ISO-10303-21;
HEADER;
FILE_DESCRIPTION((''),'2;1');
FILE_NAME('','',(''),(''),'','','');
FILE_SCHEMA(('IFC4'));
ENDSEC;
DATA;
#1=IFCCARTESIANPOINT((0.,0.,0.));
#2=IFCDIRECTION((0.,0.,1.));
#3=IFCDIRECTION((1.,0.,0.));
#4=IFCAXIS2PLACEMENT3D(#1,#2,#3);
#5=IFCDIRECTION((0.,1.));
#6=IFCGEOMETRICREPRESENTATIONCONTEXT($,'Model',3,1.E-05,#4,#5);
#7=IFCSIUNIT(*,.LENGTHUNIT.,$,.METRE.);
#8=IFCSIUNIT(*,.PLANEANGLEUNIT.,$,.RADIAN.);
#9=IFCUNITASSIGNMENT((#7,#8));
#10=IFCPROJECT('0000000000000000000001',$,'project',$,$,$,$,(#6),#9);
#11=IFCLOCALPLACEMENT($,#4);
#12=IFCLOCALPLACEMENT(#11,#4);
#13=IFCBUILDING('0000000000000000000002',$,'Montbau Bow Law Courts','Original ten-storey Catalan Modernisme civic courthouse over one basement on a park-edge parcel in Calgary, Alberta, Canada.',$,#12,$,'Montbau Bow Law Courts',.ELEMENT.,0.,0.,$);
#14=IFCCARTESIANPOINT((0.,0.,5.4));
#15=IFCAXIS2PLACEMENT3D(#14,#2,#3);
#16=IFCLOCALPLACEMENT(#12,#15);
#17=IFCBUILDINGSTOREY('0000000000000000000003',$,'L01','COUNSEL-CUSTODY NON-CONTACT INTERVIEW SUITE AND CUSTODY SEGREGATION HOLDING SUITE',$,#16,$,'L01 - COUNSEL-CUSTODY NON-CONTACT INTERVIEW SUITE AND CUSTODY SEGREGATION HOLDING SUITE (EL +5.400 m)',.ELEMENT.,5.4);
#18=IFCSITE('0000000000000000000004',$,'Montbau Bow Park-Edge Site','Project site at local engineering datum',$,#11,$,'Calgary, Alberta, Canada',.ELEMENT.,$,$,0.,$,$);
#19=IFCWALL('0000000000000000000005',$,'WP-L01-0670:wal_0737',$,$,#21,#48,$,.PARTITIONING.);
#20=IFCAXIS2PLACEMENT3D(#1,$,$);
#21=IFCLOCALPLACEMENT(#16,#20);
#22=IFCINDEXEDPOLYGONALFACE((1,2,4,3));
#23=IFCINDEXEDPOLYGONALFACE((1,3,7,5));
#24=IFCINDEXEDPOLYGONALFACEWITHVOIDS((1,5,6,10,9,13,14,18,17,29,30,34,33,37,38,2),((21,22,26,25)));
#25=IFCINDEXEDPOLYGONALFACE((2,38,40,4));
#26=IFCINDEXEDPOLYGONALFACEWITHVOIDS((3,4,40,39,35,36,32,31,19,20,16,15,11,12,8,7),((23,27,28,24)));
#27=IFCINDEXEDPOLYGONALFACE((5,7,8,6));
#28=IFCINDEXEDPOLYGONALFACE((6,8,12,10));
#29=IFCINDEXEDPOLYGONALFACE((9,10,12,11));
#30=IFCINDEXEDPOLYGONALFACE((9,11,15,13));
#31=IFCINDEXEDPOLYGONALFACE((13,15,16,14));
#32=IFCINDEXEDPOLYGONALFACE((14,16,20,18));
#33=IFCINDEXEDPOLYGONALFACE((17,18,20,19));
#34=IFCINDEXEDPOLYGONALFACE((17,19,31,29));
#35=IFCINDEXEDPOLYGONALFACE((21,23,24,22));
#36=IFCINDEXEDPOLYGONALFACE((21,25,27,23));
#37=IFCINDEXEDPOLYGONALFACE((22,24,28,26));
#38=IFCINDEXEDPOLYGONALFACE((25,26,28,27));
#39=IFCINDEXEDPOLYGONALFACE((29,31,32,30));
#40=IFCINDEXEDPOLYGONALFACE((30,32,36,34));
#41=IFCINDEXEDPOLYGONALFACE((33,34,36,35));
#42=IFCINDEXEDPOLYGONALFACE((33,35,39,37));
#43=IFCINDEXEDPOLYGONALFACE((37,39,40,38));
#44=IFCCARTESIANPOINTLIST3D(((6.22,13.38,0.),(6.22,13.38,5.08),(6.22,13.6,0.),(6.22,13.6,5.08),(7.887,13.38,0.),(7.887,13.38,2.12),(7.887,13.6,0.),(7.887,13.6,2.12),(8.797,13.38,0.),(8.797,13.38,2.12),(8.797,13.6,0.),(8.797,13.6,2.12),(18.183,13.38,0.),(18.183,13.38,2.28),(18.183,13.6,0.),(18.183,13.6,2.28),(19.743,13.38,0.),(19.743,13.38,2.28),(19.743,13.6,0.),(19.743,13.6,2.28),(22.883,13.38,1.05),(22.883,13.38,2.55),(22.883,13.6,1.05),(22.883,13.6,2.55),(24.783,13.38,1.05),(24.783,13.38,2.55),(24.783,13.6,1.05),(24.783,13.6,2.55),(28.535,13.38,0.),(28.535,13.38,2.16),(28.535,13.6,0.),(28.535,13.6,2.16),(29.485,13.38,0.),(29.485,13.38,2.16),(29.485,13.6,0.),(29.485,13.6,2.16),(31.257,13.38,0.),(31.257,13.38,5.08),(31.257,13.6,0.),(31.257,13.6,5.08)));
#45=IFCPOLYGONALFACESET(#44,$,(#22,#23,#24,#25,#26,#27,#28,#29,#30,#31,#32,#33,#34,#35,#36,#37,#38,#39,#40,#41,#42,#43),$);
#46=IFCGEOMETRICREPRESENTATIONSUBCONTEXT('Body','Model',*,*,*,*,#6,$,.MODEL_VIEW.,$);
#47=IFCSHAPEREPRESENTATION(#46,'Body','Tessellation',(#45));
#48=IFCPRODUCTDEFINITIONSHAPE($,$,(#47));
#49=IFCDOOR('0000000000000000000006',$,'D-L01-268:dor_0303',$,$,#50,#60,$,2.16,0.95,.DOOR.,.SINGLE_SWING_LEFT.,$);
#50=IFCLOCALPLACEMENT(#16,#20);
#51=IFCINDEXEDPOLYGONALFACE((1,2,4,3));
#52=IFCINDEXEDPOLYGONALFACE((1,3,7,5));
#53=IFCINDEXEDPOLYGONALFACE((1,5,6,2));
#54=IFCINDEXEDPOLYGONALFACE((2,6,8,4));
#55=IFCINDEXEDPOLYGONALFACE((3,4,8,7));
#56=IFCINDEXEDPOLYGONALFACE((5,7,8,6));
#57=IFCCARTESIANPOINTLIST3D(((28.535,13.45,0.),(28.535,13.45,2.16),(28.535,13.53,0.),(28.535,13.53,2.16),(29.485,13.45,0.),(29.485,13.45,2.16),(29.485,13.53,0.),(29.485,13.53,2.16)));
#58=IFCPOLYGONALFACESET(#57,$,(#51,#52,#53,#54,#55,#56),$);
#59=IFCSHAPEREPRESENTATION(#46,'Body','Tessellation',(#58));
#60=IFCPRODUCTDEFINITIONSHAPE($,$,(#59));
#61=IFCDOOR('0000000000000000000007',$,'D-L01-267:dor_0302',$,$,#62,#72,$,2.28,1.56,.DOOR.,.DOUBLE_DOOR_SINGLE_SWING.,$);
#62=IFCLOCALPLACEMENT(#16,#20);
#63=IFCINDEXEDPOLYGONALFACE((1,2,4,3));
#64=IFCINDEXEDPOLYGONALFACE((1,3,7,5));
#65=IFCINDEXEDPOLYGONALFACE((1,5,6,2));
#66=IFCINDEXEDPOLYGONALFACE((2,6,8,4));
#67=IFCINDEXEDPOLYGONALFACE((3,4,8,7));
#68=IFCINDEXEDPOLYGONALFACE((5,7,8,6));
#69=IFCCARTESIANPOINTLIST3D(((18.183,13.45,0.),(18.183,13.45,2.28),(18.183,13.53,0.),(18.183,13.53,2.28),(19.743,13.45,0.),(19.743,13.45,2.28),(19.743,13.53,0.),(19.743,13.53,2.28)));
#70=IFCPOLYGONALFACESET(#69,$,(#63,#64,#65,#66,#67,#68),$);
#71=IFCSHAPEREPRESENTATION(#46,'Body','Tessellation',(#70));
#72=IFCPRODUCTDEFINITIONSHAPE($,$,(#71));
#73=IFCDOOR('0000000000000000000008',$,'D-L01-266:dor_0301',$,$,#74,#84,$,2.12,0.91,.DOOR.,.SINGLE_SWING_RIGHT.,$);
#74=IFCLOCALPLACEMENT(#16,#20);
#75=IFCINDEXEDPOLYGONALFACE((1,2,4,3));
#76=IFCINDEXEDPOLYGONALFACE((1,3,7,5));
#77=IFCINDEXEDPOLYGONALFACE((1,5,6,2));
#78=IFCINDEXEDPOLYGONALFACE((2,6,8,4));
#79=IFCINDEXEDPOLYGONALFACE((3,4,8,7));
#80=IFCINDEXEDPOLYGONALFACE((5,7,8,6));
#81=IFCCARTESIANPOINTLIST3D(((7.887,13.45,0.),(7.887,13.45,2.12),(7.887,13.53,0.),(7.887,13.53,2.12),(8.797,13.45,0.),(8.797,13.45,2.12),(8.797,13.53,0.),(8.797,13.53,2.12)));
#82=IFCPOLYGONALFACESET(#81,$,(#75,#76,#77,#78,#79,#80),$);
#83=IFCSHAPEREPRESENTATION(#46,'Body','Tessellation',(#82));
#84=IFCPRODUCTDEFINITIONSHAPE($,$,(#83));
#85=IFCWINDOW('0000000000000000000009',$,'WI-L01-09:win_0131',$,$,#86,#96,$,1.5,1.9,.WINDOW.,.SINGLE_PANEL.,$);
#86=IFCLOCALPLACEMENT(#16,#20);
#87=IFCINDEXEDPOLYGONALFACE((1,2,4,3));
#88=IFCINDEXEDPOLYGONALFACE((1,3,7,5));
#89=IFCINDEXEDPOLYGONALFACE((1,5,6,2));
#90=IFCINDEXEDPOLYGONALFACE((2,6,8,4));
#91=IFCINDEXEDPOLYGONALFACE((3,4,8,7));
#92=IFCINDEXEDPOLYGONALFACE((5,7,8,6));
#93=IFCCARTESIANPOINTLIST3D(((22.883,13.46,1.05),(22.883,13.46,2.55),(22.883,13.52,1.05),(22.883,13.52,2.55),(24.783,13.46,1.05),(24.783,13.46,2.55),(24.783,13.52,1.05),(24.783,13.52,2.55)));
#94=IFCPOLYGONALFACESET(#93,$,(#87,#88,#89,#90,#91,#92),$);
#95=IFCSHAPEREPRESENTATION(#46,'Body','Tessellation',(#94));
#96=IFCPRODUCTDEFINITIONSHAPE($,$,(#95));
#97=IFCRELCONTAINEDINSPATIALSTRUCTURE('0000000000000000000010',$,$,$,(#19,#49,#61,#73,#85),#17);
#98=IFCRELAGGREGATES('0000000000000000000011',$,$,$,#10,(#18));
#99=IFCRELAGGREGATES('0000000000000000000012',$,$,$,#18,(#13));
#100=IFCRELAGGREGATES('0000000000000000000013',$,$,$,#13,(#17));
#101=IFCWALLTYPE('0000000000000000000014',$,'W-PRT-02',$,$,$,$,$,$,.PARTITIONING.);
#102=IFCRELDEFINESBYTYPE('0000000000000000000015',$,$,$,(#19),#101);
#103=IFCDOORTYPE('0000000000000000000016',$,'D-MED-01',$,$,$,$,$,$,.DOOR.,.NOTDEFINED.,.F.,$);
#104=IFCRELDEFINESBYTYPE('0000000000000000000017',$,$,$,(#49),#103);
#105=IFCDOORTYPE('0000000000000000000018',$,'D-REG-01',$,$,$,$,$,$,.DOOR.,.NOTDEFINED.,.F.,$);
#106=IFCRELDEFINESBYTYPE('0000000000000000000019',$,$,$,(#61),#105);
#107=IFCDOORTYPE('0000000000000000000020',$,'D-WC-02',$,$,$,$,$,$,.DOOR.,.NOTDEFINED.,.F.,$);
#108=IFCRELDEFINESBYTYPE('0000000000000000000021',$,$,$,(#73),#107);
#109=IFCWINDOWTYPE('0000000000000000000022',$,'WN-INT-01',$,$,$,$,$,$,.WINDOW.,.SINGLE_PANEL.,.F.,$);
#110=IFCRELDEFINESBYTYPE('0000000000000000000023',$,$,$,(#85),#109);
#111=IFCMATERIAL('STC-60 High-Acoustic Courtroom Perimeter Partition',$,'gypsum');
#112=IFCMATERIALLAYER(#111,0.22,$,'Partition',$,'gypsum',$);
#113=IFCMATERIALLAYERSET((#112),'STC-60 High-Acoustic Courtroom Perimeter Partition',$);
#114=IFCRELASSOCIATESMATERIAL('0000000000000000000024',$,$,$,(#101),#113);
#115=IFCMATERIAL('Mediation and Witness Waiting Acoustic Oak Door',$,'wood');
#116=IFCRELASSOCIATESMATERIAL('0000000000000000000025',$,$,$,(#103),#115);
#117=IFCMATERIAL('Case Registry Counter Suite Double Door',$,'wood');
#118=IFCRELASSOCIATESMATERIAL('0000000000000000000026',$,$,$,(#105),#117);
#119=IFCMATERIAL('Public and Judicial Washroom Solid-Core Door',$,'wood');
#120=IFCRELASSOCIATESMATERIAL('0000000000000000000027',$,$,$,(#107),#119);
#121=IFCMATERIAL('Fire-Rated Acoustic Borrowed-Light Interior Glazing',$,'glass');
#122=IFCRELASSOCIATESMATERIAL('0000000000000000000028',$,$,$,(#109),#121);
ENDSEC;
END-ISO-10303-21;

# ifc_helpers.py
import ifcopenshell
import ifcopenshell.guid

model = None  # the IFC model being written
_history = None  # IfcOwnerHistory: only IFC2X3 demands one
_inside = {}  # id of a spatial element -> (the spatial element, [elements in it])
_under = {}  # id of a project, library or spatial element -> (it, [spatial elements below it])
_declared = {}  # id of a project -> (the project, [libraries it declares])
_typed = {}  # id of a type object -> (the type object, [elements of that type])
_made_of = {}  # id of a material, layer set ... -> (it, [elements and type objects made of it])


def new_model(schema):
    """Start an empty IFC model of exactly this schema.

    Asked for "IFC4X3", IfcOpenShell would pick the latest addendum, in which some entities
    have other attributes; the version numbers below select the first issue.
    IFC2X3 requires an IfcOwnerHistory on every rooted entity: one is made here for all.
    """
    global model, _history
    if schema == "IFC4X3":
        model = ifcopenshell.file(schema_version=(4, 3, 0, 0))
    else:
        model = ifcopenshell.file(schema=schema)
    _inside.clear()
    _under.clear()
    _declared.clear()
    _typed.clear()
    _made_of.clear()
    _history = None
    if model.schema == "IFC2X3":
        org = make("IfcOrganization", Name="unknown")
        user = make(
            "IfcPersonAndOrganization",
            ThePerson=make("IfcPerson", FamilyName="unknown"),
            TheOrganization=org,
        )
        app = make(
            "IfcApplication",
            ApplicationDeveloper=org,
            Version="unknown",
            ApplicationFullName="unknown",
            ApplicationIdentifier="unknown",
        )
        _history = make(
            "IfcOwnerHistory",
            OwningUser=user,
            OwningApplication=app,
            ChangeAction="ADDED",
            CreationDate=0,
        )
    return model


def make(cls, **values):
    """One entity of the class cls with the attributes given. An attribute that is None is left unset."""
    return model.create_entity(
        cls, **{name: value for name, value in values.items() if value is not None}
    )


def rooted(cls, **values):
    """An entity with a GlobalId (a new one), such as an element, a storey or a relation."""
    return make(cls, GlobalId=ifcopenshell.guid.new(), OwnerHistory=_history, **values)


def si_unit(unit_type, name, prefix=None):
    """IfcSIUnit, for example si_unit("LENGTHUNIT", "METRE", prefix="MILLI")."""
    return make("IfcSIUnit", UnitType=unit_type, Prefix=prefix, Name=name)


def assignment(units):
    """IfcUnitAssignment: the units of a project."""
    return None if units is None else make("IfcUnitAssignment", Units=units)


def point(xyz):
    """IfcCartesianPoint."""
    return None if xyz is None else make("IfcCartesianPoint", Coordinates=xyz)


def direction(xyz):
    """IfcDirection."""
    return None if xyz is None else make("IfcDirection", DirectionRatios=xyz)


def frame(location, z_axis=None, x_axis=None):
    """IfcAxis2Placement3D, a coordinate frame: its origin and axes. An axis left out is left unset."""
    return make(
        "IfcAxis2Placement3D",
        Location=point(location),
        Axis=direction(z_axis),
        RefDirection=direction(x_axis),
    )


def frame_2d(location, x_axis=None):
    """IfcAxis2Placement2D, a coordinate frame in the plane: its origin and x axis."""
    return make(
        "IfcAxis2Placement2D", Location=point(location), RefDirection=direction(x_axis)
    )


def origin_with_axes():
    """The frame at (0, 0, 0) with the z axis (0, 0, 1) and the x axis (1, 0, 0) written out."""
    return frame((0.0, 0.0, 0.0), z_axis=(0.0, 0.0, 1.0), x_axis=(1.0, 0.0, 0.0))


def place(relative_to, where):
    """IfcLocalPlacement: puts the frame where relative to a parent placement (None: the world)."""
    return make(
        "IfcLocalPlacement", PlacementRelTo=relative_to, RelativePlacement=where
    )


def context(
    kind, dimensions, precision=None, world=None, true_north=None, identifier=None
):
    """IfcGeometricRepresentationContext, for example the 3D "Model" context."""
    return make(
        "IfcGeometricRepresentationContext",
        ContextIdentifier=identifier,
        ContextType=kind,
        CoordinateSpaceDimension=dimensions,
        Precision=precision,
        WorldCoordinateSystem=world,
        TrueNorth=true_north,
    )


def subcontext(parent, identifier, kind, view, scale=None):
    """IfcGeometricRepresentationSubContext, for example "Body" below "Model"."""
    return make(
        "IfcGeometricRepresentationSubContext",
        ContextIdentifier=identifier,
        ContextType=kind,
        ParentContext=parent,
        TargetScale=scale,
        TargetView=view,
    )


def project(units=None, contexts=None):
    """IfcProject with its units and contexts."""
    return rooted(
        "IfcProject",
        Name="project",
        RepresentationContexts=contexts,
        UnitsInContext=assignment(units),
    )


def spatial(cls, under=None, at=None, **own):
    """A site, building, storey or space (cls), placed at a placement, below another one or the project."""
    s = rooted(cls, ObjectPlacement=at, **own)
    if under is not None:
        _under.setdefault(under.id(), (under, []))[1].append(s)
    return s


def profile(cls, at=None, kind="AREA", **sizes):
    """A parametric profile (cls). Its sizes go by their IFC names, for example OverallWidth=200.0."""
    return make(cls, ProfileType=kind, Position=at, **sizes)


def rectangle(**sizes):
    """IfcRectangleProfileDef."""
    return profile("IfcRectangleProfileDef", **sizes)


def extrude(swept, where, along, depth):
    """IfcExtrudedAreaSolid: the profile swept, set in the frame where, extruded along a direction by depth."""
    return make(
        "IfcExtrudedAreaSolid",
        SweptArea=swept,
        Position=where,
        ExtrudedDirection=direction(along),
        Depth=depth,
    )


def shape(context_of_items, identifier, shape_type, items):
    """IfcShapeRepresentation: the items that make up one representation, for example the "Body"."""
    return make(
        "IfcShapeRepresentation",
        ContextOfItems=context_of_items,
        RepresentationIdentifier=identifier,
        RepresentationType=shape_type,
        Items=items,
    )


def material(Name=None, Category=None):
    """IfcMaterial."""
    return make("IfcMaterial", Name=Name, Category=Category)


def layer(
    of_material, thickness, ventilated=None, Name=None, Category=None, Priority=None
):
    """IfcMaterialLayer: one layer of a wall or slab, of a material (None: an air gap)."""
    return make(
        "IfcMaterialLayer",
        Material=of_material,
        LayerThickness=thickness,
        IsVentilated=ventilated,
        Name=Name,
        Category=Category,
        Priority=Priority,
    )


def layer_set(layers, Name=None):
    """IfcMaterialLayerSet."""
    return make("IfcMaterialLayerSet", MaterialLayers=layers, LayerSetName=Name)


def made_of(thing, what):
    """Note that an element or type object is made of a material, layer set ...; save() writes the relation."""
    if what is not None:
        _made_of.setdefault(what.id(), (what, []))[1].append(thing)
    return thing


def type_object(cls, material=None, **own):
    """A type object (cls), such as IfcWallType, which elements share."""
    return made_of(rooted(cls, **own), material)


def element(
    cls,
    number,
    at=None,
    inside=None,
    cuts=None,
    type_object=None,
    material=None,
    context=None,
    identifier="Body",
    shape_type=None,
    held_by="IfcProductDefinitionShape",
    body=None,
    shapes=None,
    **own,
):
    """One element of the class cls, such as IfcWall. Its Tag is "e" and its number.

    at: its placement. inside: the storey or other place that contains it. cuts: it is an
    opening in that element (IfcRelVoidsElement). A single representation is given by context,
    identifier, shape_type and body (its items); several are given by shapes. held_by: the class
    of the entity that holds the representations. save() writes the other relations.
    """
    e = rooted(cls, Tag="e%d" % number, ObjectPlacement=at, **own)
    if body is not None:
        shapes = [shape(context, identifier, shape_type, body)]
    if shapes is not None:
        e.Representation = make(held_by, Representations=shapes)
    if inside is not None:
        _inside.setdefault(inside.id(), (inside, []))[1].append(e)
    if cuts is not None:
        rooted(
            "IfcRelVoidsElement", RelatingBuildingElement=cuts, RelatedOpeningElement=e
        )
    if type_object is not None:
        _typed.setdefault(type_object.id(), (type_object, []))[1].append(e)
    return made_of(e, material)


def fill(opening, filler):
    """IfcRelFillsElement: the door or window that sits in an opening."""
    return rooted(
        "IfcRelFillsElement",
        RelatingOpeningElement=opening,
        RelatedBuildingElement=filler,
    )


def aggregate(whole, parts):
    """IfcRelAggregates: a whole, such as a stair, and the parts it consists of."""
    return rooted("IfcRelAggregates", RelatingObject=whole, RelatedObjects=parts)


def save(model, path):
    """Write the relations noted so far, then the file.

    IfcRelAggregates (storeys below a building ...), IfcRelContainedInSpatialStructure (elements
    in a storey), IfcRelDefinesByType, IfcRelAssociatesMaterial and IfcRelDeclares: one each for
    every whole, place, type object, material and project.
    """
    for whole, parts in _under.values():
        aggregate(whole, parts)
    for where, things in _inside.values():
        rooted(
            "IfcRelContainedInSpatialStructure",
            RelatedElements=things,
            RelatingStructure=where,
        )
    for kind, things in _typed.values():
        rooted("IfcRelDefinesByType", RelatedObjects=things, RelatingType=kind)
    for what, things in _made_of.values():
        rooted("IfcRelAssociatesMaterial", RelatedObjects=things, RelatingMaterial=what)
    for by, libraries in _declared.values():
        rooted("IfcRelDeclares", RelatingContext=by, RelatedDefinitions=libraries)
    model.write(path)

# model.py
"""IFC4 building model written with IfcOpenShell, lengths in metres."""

from ifc_helpers import new_model, si_unit, direction, frame, frame_2d, origin_with_axes, place, context, subcontext, project, spatial, rectangle, extrude, material, layer, layer_set, type_object, element, fill, save


model = new_model("IFC4")

# Units and contexts
model_context = context("Model", 3, precision=1e-05, world=origin_with_axes(), true_north=direction((0.0, 1.0)))
body_context = subcontext(model_context, "Body", "Model", "MODEL_VIEW")
ifc_project = project(units=[si_unit("LENGTHUNIT", "METRE"), si_unit("PLANEANGLEUNIT", "RADIAN")], contexts=[model_context])

# Site, building, storey
site_placement = place(None, origin_with_axes())
site = spatial("IfcSite", under=ifc_project, at=site_placement, Name="Montbau Bow Park-Edge Site", Description="Project site at local engineering datum", LongName="Calgary, Alberta, Canada", CompositionType="ELEMENT", RefElevation=0.0)
building_placement = place(site_placement, origin_with_axes())
building = spatial("IfcBuilding", under=site, at=building_placement, Name="Montbau Bow Law Courts", Description="Original ten-storey Catalan Modernisme civic courthouse over one basement on a park-edge parcel in Calgary, Alberta, Canada.", LongName="Montbau Bow Law Courts", CompositionType="ELEMENT", ElevationOfRefHeight=0.0, ElevationOfTerrain=0.0)
storey_placement = place(building_placement, frame((0.0, 0.0, 5.4), z_axis=(0.0, 0.0, 1.0), x_axis=(1.0, 0.0, 0.0)))
storey = spatial("IfcBuildingStorey", under=building, at=storey_placement, Name="L01", Description="COUNSEL-CUSTODY NON-CONTACT INTERVIEW SUITE AND CUSTODY SEGREGATION HOLDING SUITE", LongName="L01 - COUNSEL-CUSTODY NON-CONTACT INTERVIEW SUITE AND CUSTODY SEGREGATION HOLDING SUITE (EL +5.400 m)", CompositionType="ELEMENT", Elevation=5.4)

# Wall, openings, doors, window
ifc_material_1 = material(Name="STC-60 High-Acoustic Courtroom Perimeter Partition", Category="gypsum")
ifc_layer_1 = layer(ifc_material_1, 0.22, Name="Partition", Category="gypsum")
ifc_layer_set_1 = layer_set([ifc_layer_1], Name="STC-60 High-Acoustic Courtroom Perimeter Partition")
wall_type_1 = type_object("IfcWallType", Name="W-PRT-02", PredefinedType="PARTITIONING", material=ifc_layer_set_1)
wall_1_placement = place(None, frame((6.22, 13.49, 5.4), z_axis=(0.0, 0.0, 1.0), x_axis=(1.0, 0.0, 0.0)))
wall_1 = element("IfcWall", 1, at=wall_1_placement, inside=storey, type_object=wall_type_1, Name="WP-L01-0670:wal_0737", PredefinedType="PARTITIONING", context=body_context, shape_type="SweptSolid", body=[
    extrude(rectangle(XDim=25.037, YDim=0.22, at=frame_2d((12.5185, 0.0), x_axis=(1.0, 0.0))), origin_with_axes(), (0.0, 0.0, 1.0), 5.08),
])
opening_1_placement = place(None, frame((8.342, 13.49, 5.4), z_axis=(0.0, 0.0, 1.0), x_axis=(1.0, 0.0, 0.0)))
opening_1 = element("IfcOpeningElement", 2, at=opening_1_placement, cuts=wall_1, PredefinedType="OPENING", context=body_context, shape_type="SweptSolid", body=[
    extrude(rectangle(XDim=0.91, YDim=2.12, at=frame_2d((0.0, 1.06), x_axis=(1.0, 0.0))), frame((0.0, 0.12, 0.0), z_axis=(0.0, -1.0, 0.0), x_axis=(1.0, 0.0, 0.0)), (0.0, 0.0, 1.0), 0.24),
])
opening_2_placement = place(None, frame((18.963, 13.49, 5.4), z_axis=(0.0, 0.0, 1.0), x_axis=(1.0, 0.0, 0.0)))
opening_2 = element("IfcOpeningElement", 3, at=opening_2_placement, cuts=wall_1, PredefinedType="OPENING", context=body_context, shape_type="SweptSolid", body=[
    extrude(rectangle(XDim=1.56, YDim=2.28, at=frame_2d((0.0, 1.14), x_axis=(1.0, 0.0))), frame((0.0, 0.12, 0.0), z_axis=(0.0, -1.0, 0.0), x_axis=(1.0, 0.0, 0.0)), (0.0, 0.0, 1.0), 0.24),
])
opening_3_placement = place(None, frame((29.01, 13.49, 5.4), z_axis=(0.0, 0.0, 1.0), x_axis=(1.0, 0.0, 0.0)))
opening_3 = element("IfcOpeningElement", 4, at=opening_3_placement, cuts=wall_1, PredefinedType="OPENING", context=body_context, shape_type="SweptSolid", body=[
    extrude(rectangle(XDim=0.95, YDim=2.16, at=frame_2d((0.0, 1.08), x_axis=(1.0, 0.0))), frame((0.0, 0.12, 0.0), z_axis=(0.0, -1.0, 0.0), x_axis=(1.0, 0.0, 0.0)), (0.0, 0.0, 1.0), 0.24),
])
opening_4_placement = place(None, frame((23.833, 13.49, 6.45), z_axis=(0.0, 0.0, 1.0), x_axis=(1.0, 0.0, 0.0)))
opening_4 = element("IfcOpeningElement", 5, at=opening_4_placement, cuts=wall_1, PredefinedType="OPENING", context=body_context, shape_type="SweptSolid", body=[
    extrude(rectangle(XDim=1.9, YDim=1.5, at=frame_2d((0.0, 0.75), x_axis=(1.0, 0.0))), frame((0.0, 0.12, 0.0), z_axis=(0.0, -1.0, 0.0), x_axis=(1.0, 0.0, 0.0)), (0.0, 0.0, 1.0), 0.24),
])
ifc_material_2 = material(Name="Mediation and Witness Waiting Acoustic Oak Door", Category="wood")
door_type_1 = type_object("IfcDoorType", Name="D-MED-01", OperationType="NOTDEFINED", ParameterTakesPrecedence=False, PredefinedType="DOOR", material=ifc_material_2)
door_1_placement = place(None, frame((29.01, 13.49, 5.4), z_axis=(0.0, 0.0, 1.0), x_axis=(-1.0, 0.0, 0.0)))
door_1 = element("IfcDoor", 6, at=door_1_placement, inside=storey, type_object=door_type_1, Name="D-L01-268:dor_0303", OperationType="SINGLE_SWING_LEFT", OverallHeight=2.16, OverallWidth=0.95, PredefinedType="DOOR", context=body_context, shape_type="SweptSolid", body=[
    extrude(rectangle(XDim=0.95, YDim=2.16, at=frame_2d((0.0, 1.08), x_axis=(1.0, 0.0))), frame((0.0, 0.04, 0.0), z_axis=(0.0, -1.0, 0.0), x_axis=(1.0, 0.0, 0.0)), (0.0, 0.0, 1.0), 0.08),
])
fill(opening_3, door_1)
ifc_material_3 = material(Name="Case Registry Counter Suite Double Door", Category="wood")
door_type_2 = type_object("IfcDoorType", Name="D-REG-01", OperationType="NOTDEFINED", ParameterTakesPrecedence=False, PredefinedType="DOOR", material=ifc_material_3)
door_2_placement = place(None, frame((18.963, 13.49, 5.4), z_axis=(0.0, 0.0, 1.0), x_axis=(-1.0, 0.0, 0.0)))
door_2 = element("IfcDoor", 7, at=door_2_placement, inside=storey, type_object=door_type_2, Name="D-L01-267:dor_0302", OperationType="DOUBLE_DOOR_SINGLE_SWING", OverallHeight=2.28, OverallWidth=1.56, PredefinedType="DOOR", context=body_context, shape_type="SweptSolid", body=[
    extrude(rectangle(XDim=1.56, YDim=2.28, at=frame_2d((0.0, 1.14), x_axis=(1.0, 0.0))), frame((0.0, 0.04, 0.0), z_axis=(0.0, -1.0, 0.0), x_axis=(1.0, 0.0, 0.0)), (0.0, 0.0, 1.0), 0.08),
])
fill(opening_2, door_2)
ifc_material_4 = material(Name="Public and Judicial Washroom Solid-Core Door", Category="wood")
door_type_3 = type_object("IfcDoorType", Name="D-WC-02", OperationType="NOTDEFINED", ParameterTakesPrecedence=False, PredefinedType="DOOR", material=ifc_material_4)
door_3_placement = place(None, frame((8.342, 13.49, 5.4), z_axis=(0.0, 0.0, 1.0), x_axis=(-1.0, 0.0, 0.0)))
door_3 = element("IfcDoor", 8, at=door_3_placement, inside=storey, type_object=door_type_3, Name="D-L01-266:dor_0301", OperationType="SINGLE_SWING_RIGHT", OverallHeight=2.12, OverallWidth=0.91, PredefinedType="DOOR", context=body_context, shape_type="SweptSolid", body=[
    extrude(rectangle(XDim=0.91, YDim=2.12, at=frame_2d((0.0, 1.06), x_axis=(1.0, 0.0))), frame((0.0, 0.04, 0.0), z_axis=(0.0, -1.0, 0.0), x_axis=(1.0, 0.0, 0.0)), (0.0, 0.0, 1.0), 0.08),
])
fill(opening_1, door_3)
ifc_material_5 = material(Name="Fire-Rated Acoustic Borrowed-Light Interior Glazing", Category="glass")
window_type = type_object("IfcWindowType", Name="WN-INT-01", ParameterTakesPrecedence=False, PartitioningType="SINGLE_PANEL", PredefinedType="WINDOW", material=ifc_material_5)
window_placement = place(None, frame((23.833, 13.49, 6.45), z_axis=(0.0, 0.0, 1.0), x_axis=(1.0, 0.0, 0.0)))
window = element("IfcWindow", 9, at=window_placement, inside=storey, type_object=window_type, Name="WI-L01-09:win_0131", OverallHeight=1.5, OverallWidth=1.9, PartitioningType="SINGLE_PANEL", PredefinedType="WINDOW", context=body_context, shape_type="SweptSolid", body=[
    extrude(rectangle(XDim=1.9, YDim=1.5, at=frame_2d((0.0, 0.75), x_axis=(1.0, 0.0))), frame((0.0, 0.03, 0.0), z_axis=(0.0, -1.0, 0.0), x_axis=(1.0, 0.0, 0.0)), (0.0, 0.0, 1.0), 0.06),
])
fill(opening_4, window)

save(model, "model.ifc")
